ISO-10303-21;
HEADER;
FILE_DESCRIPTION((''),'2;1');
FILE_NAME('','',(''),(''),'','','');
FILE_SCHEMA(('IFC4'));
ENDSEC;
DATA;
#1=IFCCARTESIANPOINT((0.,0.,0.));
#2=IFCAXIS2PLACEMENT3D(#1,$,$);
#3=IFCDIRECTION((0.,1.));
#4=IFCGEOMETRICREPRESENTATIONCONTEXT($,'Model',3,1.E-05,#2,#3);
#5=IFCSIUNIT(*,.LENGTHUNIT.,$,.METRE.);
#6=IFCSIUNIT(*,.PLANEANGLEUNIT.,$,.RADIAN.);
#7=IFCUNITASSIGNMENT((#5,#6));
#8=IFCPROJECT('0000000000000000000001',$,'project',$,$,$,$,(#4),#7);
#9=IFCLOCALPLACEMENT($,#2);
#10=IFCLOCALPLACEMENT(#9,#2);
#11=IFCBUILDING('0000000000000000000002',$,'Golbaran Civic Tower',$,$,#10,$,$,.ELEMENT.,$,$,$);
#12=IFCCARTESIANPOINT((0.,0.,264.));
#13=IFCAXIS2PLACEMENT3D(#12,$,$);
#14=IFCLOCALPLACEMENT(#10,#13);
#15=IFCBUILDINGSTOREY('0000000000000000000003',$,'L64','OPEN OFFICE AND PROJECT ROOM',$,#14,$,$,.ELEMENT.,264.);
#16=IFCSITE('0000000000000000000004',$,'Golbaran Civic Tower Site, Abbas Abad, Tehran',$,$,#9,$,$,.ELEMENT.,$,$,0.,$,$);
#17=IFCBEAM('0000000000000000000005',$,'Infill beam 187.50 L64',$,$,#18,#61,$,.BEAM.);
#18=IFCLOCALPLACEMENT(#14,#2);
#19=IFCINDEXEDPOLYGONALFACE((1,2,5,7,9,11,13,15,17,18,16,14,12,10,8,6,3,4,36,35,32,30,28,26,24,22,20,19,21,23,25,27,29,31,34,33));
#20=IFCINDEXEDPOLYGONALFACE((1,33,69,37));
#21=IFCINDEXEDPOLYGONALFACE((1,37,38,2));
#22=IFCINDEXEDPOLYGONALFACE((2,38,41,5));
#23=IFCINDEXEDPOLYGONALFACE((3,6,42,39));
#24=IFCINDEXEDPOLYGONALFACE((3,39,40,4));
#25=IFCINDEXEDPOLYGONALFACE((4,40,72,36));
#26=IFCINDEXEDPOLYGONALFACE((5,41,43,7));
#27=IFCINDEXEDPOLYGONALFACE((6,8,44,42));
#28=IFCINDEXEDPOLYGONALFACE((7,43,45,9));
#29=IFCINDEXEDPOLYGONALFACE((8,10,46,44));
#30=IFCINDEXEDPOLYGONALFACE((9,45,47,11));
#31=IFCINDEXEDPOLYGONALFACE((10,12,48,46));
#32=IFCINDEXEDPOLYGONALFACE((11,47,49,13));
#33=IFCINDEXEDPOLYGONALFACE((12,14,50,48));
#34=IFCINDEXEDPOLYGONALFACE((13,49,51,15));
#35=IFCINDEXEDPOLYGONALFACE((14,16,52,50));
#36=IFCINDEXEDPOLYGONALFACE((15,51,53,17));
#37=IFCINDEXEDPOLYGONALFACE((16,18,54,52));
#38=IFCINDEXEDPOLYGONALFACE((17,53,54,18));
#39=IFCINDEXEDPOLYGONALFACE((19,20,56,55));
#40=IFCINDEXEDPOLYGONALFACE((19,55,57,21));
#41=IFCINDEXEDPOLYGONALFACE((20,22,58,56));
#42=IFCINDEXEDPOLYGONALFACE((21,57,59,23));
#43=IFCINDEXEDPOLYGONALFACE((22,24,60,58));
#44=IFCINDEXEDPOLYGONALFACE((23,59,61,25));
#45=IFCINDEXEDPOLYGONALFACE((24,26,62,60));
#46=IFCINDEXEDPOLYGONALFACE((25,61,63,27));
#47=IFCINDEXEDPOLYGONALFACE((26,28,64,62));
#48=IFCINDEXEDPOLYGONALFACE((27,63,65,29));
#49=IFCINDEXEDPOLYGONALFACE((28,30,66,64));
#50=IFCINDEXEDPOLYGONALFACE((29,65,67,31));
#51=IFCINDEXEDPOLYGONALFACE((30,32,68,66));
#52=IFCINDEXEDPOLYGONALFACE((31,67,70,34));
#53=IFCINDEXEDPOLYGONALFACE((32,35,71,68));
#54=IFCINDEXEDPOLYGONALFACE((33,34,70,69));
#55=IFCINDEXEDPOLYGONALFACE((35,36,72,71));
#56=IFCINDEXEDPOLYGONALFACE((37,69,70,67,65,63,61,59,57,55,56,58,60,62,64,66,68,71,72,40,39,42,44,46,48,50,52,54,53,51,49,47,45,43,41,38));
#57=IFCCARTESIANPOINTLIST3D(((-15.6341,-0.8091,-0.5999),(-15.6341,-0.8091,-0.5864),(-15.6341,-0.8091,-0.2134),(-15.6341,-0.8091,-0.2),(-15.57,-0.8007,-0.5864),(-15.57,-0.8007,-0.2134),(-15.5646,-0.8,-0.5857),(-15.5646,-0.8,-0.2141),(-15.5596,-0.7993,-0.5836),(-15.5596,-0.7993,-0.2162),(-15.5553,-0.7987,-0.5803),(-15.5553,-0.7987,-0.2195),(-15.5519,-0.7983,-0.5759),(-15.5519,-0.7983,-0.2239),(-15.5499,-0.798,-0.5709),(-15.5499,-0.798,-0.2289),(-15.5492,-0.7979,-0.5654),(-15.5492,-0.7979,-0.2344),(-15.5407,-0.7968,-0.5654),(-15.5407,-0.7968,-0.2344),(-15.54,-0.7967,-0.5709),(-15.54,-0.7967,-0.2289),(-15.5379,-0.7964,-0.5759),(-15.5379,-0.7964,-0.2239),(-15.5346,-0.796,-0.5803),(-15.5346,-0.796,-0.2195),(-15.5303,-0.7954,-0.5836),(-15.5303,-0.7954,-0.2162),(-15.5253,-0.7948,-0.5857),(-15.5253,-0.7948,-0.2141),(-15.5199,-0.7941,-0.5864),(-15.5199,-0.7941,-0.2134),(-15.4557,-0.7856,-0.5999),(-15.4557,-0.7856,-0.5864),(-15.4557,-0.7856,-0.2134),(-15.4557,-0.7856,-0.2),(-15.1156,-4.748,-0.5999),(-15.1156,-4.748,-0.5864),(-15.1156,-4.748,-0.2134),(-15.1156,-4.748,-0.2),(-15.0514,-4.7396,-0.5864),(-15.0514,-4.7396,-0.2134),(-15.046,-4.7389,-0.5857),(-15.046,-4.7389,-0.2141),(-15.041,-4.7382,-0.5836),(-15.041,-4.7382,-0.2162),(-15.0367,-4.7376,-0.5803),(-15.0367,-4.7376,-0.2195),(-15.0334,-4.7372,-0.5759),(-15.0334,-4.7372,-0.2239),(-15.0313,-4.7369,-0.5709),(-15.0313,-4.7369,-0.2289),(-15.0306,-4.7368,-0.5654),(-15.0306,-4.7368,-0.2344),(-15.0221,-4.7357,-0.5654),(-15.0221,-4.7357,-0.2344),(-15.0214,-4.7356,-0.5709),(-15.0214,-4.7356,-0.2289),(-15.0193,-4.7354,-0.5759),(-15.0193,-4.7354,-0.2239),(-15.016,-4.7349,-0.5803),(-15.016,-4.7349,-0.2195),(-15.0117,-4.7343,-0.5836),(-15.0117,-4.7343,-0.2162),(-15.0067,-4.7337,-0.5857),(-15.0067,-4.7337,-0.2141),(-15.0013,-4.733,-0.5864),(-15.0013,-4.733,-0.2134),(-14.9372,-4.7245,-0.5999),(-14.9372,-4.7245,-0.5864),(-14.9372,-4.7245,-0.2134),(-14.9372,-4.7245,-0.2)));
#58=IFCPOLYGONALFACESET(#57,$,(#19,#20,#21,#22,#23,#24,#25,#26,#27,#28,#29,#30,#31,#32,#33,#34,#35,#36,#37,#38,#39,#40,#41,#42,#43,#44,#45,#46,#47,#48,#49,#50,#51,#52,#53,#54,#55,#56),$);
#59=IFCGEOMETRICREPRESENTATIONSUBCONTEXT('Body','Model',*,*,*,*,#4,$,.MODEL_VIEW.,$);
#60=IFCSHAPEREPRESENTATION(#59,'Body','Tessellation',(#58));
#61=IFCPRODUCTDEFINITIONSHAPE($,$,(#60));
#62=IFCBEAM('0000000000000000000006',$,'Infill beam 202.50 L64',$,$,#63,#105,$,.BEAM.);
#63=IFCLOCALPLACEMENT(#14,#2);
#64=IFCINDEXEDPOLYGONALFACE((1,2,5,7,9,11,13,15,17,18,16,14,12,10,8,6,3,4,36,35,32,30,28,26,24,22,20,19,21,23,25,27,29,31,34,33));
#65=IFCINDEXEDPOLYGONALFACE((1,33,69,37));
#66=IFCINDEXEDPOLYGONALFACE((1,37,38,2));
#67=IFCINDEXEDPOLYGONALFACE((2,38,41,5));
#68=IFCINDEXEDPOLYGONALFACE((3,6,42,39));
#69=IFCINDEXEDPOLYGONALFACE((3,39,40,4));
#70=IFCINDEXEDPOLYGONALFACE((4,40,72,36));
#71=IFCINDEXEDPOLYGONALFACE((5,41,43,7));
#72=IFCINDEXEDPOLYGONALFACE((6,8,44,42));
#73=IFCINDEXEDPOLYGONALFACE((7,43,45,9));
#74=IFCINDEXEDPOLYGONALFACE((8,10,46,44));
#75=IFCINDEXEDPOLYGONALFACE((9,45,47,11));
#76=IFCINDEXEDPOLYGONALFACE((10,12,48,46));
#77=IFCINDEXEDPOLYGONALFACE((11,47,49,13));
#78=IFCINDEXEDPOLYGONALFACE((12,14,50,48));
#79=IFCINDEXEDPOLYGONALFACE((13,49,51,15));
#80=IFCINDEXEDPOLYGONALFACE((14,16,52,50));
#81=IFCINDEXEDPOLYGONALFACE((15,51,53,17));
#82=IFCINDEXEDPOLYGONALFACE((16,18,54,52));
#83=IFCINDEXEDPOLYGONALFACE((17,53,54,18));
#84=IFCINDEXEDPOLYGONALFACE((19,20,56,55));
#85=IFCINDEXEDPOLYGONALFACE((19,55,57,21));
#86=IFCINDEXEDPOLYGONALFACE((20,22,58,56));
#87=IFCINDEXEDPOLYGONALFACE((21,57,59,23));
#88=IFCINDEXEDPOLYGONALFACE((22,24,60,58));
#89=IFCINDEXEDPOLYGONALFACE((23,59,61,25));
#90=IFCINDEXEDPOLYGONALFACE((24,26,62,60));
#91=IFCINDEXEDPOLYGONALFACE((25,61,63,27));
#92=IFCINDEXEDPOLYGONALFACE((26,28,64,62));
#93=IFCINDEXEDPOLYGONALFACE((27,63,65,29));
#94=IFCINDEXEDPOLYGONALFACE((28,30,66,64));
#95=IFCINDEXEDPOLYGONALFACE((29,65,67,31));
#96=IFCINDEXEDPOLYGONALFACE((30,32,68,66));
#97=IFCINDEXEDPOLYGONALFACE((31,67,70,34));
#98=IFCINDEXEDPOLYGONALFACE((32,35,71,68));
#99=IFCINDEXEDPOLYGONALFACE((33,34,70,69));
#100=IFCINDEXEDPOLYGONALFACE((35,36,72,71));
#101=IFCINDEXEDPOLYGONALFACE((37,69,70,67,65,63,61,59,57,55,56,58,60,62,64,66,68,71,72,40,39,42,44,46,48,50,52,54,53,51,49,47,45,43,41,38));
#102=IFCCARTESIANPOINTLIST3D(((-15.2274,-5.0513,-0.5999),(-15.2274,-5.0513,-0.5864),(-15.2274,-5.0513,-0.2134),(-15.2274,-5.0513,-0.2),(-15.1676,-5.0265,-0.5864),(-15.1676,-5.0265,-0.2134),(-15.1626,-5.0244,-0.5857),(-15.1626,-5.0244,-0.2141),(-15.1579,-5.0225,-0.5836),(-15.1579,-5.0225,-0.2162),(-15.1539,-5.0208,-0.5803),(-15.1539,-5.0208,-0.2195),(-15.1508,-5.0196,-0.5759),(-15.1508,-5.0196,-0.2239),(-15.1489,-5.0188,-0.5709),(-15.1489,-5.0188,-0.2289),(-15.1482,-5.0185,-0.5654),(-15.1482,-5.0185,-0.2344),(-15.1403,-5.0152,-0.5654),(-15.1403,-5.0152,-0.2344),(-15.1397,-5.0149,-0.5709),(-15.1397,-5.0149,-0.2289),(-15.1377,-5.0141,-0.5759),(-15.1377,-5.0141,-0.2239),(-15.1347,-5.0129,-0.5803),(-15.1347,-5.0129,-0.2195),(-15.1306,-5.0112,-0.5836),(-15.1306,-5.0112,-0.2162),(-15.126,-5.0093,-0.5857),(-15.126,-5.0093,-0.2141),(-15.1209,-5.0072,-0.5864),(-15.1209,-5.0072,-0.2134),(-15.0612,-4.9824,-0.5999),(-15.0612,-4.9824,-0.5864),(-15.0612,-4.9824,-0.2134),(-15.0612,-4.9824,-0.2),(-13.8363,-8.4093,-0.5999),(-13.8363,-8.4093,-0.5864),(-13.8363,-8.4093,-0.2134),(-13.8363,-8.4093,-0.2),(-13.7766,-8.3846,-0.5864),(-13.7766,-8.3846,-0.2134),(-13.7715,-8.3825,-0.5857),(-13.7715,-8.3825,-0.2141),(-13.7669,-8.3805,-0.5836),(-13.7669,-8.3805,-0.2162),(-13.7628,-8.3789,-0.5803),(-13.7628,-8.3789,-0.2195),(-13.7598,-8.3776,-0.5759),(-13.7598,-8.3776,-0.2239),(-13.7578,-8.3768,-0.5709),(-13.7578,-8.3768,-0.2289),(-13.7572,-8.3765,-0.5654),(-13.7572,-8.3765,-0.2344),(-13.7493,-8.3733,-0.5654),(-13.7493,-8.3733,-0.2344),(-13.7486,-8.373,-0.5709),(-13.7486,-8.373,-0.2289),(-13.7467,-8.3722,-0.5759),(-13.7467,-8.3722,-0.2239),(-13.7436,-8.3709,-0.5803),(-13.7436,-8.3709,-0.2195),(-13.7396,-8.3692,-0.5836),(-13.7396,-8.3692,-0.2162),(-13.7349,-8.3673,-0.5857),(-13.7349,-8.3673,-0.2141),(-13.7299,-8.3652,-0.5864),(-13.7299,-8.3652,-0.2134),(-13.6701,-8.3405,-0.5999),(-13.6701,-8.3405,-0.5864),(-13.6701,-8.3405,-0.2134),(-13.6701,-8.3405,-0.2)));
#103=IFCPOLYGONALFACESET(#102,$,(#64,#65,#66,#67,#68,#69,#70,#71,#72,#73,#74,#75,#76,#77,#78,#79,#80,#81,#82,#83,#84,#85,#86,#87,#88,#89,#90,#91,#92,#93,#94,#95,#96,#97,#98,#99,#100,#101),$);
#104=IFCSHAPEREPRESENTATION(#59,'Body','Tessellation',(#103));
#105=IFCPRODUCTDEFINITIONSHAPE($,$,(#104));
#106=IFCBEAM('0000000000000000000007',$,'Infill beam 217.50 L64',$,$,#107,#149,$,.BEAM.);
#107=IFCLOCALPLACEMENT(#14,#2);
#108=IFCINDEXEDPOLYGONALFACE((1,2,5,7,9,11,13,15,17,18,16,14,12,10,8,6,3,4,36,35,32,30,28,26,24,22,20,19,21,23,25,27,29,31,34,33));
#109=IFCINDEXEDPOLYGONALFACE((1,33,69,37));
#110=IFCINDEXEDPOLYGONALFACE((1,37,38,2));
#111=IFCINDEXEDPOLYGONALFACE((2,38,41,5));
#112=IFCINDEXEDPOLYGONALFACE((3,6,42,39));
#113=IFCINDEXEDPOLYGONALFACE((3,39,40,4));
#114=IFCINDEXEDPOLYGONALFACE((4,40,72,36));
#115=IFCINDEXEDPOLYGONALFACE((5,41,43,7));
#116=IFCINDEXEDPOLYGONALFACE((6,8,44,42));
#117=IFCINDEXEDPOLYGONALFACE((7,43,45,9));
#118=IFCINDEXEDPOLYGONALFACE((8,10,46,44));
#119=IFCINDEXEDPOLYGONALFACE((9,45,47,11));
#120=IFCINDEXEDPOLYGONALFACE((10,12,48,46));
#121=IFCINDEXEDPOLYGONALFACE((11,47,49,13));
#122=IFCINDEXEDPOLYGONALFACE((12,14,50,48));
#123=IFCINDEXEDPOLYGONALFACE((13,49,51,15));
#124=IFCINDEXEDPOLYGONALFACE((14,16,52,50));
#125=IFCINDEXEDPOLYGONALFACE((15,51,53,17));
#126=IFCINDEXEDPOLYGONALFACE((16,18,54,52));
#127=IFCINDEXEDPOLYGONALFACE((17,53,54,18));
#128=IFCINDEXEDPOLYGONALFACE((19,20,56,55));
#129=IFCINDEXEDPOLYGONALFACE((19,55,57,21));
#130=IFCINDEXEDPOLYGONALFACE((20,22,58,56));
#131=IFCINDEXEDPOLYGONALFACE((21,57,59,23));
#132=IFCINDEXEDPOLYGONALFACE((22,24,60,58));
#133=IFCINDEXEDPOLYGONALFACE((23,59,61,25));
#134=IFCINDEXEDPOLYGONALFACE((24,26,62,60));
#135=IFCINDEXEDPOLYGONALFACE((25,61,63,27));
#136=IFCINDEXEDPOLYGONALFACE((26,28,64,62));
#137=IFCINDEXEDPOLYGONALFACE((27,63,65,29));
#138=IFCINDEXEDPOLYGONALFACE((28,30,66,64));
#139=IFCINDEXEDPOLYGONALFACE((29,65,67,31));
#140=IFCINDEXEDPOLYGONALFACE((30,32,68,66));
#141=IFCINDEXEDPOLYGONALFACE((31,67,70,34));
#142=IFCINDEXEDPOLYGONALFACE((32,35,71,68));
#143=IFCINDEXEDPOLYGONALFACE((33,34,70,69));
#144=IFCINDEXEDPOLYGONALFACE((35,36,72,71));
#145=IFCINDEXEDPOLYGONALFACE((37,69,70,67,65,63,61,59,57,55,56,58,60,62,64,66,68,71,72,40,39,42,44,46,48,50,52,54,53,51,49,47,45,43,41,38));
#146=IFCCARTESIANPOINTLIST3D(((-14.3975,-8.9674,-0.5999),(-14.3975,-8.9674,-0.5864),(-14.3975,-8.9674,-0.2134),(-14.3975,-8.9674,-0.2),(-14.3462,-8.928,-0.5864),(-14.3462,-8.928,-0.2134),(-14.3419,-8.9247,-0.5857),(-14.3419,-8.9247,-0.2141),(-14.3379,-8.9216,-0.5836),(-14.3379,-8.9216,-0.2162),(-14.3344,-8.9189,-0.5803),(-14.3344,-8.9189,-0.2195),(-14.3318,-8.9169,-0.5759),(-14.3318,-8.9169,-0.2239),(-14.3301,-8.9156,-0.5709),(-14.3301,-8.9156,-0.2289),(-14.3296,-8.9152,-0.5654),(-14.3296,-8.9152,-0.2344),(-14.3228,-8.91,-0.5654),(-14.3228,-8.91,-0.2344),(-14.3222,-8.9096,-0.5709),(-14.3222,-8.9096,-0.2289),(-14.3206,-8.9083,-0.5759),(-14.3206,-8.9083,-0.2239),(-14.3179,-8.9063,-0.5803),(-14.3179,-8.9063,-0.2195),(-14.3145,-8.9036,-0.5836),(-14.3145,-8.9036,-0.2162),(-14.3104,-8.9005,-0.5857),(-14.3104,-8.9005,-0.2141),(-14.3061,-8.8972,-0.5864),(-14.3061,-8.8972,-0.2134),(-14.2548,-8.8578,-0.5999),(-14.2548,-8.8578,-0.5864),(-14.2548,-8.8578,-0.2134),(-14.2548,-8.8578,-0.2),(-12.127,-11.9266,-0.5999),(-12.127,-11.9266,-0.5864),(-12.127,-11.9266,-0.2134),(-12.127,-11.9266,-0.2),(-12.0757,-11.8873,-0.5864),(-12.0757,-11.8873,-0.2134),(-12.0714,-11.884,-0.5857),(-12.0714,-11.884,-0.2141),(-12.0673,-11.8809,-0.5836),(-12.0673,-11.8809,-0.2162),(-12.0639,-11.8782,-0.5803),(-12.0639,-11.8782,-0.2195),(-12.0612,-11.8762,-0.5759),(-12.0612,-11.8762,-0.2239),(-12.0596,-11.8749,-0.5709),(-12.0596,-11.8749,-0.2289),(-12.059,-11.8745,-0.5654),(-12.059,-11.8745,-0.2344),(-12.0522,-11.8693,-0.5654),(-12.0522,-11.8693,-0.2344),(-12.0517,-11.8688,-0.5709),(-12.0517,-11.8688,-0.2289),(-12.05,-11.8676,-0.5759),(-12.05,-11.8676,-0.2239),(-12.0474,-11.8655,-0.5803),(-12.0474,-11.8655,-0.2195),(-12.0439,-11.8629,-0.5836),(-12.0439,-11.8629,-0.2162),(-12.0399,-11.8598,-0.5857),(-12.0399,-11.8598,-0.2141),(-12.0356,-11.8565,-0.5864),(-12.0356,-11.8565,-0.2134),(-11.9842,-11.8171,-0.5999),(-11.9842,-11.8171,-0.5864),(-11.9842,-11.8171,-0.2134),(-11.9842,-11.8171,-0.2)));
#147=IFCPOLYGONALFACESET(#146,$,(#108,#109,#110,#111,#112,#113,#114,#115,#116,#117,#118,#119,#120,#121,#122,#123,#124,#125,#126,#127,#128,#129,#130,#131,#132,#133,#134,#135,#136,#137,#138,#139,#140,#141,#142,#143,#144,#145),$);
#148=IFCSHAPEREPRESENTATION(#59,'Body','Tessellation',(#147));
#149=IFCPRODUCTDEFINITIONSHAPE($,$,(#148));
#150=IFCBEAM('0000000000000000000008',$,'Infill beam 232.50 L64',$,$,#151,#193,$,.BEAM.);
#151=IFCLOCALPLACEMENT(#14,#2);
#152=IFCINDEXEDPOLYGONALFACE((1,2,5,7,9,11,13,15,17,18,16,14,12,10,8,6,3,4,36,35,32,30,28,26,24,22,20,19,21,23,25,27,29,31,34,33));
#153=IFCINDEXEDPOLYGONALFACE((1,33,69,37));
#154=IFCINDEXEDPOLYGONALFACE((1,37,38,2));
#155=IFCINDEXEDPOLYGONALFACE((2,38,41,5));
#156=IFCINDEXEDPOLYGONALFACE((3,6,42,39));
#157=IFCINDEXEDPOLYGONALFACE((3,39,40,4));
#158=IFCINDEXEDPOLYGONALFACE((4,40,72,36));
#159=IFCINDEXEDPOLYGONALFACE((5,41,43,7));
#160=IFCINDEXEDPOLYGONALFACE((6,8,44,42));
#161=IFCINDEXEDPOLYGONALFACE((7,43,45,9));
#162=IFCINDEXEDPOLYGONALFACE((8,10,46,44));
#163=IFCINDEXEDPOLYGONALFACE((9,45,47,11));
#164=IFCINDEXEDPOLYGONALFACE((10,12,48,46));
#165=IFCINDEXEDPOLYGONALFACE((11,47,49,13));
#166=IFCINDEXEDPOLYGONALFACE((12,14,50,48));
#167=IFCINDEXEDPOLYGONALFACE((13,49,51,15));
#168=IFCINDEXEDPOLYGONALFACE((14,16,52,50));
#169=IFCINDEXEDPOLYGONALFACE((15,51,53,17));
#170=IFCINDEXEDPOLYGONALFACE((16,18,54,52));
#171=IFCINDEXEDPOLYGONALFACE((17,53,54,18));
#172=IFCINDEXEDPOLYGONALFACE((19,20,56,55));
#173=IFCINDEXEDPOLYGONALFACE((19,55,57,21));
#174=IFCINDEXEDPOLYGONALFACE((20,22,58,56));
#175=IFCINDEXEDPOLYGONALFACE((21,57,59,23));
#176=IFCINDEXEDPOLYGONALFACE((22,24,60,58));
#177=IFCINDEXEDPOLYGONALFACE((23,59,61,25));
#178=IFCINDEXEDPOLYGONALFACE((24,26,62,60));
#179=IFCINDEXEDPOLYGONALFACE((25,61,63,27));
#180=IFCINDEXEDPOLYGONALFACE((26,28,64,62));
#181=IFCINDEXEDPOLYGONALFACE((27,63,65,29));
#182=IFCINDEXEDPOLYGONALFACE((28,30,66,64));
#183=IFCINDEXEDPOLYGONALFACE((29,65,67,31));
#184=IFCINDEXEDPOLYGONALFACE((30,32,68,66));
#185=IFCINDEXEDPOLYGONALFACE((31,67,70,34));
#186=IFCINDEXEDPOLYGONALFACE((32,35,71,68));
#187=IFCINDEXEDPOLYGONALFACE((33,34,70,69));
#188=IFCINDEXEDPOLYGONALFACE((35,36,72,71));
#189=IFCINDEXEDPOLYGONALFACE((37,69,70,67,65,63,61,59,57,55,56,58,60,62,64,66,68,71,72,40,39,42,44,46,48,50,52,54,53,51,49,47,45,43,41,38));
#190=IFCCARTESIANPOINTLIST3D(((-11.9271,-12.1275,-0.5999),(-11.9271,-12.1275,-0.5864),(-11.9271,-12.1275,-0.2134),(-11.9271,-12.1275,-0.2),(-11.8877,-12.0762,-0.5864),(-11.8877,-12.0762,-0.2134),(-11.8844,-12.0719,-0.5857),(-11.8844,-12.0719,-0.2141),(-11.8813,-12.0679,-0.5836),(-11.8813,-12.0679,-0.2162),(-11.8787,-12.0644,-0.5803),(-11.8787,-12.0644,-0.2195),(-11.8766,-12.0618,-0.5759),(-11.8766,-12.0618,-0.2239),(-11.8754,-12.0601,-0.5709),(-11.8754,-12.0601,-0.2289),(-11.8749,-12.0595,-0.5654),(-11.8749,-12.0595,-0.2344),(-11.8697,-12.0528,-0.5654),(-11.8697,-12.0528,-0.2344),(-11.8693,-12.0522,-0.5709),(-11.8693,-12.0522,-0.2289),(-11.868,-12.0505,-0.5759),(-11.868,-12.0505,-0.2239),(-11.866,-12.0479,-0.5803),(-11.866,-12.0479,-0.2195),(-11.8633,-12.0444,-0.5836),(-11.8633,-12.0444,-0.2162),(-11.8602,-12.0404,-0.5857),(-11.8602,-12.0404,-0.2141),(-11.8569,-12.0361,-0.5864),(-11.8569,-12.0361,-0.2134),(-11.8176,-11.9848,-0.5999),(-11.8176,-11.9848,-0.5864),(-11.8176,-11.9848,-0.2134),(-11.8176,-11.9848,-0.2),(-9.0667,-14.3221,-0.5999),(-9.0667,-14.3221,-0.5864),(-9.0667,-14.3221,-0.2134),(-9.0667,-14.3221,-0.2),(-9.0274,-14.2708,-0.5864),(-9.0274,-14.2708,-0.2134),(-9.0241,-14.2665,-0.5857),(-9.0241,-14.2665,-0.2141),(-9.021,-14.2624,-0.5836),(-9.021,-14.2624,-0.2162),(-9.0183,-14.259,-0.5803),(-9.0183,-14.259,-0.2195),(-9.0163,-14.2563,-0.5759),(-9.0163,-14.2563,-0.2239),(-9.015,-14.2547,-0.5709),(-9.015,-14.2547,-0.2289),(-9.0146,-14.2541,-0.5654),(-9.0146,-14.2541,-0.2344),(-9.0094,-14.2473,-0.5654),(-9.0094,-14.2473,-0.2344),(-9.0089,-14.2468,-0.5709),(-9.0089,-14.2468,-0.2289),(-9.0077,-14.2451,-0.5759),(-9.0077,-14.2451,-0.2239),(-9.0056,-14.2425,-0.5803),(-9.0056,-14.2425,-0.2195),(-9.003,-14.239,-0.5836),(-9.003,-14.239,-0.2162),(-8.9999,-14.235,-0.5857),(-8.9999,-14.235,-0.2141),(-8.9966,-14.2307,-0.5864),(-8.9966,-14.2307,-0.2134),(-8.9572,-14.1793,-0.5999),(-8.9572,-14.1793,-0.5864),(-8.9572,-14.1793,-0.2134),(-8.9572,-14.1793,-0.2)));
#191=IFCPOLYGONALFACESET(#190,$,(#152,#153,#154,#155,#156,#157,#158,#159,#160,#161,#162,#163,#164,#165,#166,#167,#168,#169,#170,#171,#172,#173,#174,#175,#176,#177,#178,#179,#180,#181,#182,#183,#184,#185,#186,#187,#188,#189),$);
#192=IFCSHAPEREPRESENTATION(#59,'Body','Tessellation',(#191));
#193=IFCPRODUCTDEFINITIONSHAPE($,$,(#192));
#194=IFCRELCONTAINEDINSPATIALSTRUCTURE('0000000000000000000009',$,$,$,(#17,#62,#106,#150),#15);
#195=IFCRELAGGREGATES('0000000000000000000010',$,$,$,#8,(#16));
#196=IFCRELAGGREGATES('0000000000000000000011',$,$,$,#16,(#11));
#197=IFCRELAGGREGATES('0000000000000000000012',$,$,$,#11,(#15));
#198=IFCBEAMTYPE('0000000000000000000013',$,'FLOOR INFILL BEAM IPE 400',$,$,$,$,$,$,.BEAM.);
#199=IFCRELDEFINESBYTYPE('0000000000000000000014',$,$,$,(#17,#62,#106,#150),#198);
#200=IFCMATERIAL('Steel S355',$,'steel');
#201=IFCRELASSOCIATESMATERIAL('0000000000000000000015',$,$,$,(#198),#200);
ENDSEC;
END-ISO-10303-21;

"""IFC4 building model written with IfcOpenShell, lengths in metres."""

from ifc_helpers import new_model, si_unit, direction, frame, origin, origin_2d, place, context, subcontext, project, spatial, i_section, extrude, material, material_profile, profile_set, type_object, element, save


model = new_model("IFC4")

# Units and contexts
model_context = context("Model", 3, precision=1e-05, world=origin(), true_north=direction((0.0, 1.0)))
body_context = subcontext(model_context, "Body", "Model", "MODEL_VIEW")
ifc_project = project(units=[si_unit("LENGTHUNIT", "METRE"), si_unit("PLANEANGLEUNIT", "RADIAN")], contexts=[model_context])

# Site, building, storey
site_placement = place(None, origin())
site = spatial("IfcSite", under=ifc_project, at=site_placement, Name="Golbaran Civic Tower Site, Abbas Abad, Tehran", CompositionType="ELEMENT", RefElevation=0.0)
building_placement = place(site_placement, origin())
building = spatial("IfcBuilding", under=site, at=building_placement, Name="Golbaran Civic Tower", CompositionType="ELEMENT")
storey_placement = place(building_placement, frame((0.0, 0.0, 264.0)))
storey = spatial("IfcBuildingStorey", under=building, at=storey_placement, Name="L64", Description="OPEN OFFICE AND PROJECT ROOM", CompositionType="ELEMENT", Elevation=264.0)

# Beams
ifc_material_1 = material(Name="Steel S355", Category="steel")
ifc_material_profile_1 = material_profile(ifc_material_1, i_section(OverallWidth=0.1799, OverallDepth=0.3999, WebThickness=0.0085, FlangeThickness=0.0134, FilletRadius=0.021, at=origin_2d()), Name="IPE 400")
ifc_profile_set_1 = profile_set([ifc_material_profile_1], Name="Steel S355")
beam_type_1 = type_object("IfcBeamType", Name="FLOOR INFILL BEAM IPE 400", PredefinedType="BEAM", material=ifc_profile_set_1)
beam_1_placement = place(storey_placement, frame((-15.5449, -0.7974, -0.3999), z_axis=(0.130521, -0.991446, 0.0), x_axis=(0.991446, 0.130521, 0.0)))
element("IfcBeam", 1, at=beam_1_placement, inside=storey, type_object=beam_type_1, Name="Infill beam 187.50 L64", PredefinedType="BEAM", context=body_context, shape_type="SweptSolid", body=[
    extrude(i_section(OverallWidth=0.1799, OverallDepth=0.3999, WebThickness=0.0085, FlangeThickness=0.0134, FilletRadius=0.021, at=origin_2d()), origin(), (0.0, 0.0, 1.0), 3.9729),
])
beam_2_placement = place(storey_placement, frame((-15.1443, -5.0168, -0.3999), z_axis=(0.382712, -0.923868, 0.0), x_axis=(0.923868, 0.382712, 0.0)))
element("IfcBeam", 2, at=beam_2_placement, inside=storey, type_object=beam_type_1, Name="Infill beam 202.50 L64", PredefinedType="BEAM", context=body_context, shape_type="SweptSolid", body=[
    extrude(i_section(OverallWidth=0.1799, OverallDepth=0.3999, WebThickness=0.0085, FlangeThickness=0.0134, FilletRadius=0.021, at=origin_2d()), origin(), (0.0, 0.0, 1.0), 3.6348),
])
beam_3_placement = place(storey_placement, frame((-14.3262, -8.9126, -0.3999), z_axis=(0.60873, -0.793378, 0.0), x_axis=(0.793378, 0.60873, 0.0)))
element("IfcBeam", 3, at=beam_3_placement, inside=storey, type_object=beam_type_1, Name="Infill beam 217.50 L64", PredefinedType="BEAM", context=body_context, shape_type="SweptSolid", body=[
    extrude(i_section(OverallWidth=0.1799, OverallDepth=0.3999, WebThickness=0.0085, FlangeThickness=0.0134, FilletRadius=0.021, at=origin_2d()), origin(), (0.0, 0.0, 1.0), 3.73),
])
beam_4_placement = place(storey_placement, frame((-11.8723, -12.0562, -0.3999), z_axis=(0.793386, -0.608719, 0.0), x_axis=(0.608719, 0.793386, 0.0)))
element("IfcBeam", 4, at=beam_4_placement, inside=storey, type_object=beam_type_1, Name="Infill beam 232.50 L64", PredefinedType="BEAM", context=body_context, shape_type="SweptSolid", body=[
    extrude(i_section(OverallWidth=0.1799, OverallDepth=0.3999, WebThickness=0.0085, FlangeThickness=0.0134, FilletRadius=0.021, at=origin_2d()), origin(), (0.0, 0.0, 1.0), 3.6052),
])

save(model, "model.ifc")
